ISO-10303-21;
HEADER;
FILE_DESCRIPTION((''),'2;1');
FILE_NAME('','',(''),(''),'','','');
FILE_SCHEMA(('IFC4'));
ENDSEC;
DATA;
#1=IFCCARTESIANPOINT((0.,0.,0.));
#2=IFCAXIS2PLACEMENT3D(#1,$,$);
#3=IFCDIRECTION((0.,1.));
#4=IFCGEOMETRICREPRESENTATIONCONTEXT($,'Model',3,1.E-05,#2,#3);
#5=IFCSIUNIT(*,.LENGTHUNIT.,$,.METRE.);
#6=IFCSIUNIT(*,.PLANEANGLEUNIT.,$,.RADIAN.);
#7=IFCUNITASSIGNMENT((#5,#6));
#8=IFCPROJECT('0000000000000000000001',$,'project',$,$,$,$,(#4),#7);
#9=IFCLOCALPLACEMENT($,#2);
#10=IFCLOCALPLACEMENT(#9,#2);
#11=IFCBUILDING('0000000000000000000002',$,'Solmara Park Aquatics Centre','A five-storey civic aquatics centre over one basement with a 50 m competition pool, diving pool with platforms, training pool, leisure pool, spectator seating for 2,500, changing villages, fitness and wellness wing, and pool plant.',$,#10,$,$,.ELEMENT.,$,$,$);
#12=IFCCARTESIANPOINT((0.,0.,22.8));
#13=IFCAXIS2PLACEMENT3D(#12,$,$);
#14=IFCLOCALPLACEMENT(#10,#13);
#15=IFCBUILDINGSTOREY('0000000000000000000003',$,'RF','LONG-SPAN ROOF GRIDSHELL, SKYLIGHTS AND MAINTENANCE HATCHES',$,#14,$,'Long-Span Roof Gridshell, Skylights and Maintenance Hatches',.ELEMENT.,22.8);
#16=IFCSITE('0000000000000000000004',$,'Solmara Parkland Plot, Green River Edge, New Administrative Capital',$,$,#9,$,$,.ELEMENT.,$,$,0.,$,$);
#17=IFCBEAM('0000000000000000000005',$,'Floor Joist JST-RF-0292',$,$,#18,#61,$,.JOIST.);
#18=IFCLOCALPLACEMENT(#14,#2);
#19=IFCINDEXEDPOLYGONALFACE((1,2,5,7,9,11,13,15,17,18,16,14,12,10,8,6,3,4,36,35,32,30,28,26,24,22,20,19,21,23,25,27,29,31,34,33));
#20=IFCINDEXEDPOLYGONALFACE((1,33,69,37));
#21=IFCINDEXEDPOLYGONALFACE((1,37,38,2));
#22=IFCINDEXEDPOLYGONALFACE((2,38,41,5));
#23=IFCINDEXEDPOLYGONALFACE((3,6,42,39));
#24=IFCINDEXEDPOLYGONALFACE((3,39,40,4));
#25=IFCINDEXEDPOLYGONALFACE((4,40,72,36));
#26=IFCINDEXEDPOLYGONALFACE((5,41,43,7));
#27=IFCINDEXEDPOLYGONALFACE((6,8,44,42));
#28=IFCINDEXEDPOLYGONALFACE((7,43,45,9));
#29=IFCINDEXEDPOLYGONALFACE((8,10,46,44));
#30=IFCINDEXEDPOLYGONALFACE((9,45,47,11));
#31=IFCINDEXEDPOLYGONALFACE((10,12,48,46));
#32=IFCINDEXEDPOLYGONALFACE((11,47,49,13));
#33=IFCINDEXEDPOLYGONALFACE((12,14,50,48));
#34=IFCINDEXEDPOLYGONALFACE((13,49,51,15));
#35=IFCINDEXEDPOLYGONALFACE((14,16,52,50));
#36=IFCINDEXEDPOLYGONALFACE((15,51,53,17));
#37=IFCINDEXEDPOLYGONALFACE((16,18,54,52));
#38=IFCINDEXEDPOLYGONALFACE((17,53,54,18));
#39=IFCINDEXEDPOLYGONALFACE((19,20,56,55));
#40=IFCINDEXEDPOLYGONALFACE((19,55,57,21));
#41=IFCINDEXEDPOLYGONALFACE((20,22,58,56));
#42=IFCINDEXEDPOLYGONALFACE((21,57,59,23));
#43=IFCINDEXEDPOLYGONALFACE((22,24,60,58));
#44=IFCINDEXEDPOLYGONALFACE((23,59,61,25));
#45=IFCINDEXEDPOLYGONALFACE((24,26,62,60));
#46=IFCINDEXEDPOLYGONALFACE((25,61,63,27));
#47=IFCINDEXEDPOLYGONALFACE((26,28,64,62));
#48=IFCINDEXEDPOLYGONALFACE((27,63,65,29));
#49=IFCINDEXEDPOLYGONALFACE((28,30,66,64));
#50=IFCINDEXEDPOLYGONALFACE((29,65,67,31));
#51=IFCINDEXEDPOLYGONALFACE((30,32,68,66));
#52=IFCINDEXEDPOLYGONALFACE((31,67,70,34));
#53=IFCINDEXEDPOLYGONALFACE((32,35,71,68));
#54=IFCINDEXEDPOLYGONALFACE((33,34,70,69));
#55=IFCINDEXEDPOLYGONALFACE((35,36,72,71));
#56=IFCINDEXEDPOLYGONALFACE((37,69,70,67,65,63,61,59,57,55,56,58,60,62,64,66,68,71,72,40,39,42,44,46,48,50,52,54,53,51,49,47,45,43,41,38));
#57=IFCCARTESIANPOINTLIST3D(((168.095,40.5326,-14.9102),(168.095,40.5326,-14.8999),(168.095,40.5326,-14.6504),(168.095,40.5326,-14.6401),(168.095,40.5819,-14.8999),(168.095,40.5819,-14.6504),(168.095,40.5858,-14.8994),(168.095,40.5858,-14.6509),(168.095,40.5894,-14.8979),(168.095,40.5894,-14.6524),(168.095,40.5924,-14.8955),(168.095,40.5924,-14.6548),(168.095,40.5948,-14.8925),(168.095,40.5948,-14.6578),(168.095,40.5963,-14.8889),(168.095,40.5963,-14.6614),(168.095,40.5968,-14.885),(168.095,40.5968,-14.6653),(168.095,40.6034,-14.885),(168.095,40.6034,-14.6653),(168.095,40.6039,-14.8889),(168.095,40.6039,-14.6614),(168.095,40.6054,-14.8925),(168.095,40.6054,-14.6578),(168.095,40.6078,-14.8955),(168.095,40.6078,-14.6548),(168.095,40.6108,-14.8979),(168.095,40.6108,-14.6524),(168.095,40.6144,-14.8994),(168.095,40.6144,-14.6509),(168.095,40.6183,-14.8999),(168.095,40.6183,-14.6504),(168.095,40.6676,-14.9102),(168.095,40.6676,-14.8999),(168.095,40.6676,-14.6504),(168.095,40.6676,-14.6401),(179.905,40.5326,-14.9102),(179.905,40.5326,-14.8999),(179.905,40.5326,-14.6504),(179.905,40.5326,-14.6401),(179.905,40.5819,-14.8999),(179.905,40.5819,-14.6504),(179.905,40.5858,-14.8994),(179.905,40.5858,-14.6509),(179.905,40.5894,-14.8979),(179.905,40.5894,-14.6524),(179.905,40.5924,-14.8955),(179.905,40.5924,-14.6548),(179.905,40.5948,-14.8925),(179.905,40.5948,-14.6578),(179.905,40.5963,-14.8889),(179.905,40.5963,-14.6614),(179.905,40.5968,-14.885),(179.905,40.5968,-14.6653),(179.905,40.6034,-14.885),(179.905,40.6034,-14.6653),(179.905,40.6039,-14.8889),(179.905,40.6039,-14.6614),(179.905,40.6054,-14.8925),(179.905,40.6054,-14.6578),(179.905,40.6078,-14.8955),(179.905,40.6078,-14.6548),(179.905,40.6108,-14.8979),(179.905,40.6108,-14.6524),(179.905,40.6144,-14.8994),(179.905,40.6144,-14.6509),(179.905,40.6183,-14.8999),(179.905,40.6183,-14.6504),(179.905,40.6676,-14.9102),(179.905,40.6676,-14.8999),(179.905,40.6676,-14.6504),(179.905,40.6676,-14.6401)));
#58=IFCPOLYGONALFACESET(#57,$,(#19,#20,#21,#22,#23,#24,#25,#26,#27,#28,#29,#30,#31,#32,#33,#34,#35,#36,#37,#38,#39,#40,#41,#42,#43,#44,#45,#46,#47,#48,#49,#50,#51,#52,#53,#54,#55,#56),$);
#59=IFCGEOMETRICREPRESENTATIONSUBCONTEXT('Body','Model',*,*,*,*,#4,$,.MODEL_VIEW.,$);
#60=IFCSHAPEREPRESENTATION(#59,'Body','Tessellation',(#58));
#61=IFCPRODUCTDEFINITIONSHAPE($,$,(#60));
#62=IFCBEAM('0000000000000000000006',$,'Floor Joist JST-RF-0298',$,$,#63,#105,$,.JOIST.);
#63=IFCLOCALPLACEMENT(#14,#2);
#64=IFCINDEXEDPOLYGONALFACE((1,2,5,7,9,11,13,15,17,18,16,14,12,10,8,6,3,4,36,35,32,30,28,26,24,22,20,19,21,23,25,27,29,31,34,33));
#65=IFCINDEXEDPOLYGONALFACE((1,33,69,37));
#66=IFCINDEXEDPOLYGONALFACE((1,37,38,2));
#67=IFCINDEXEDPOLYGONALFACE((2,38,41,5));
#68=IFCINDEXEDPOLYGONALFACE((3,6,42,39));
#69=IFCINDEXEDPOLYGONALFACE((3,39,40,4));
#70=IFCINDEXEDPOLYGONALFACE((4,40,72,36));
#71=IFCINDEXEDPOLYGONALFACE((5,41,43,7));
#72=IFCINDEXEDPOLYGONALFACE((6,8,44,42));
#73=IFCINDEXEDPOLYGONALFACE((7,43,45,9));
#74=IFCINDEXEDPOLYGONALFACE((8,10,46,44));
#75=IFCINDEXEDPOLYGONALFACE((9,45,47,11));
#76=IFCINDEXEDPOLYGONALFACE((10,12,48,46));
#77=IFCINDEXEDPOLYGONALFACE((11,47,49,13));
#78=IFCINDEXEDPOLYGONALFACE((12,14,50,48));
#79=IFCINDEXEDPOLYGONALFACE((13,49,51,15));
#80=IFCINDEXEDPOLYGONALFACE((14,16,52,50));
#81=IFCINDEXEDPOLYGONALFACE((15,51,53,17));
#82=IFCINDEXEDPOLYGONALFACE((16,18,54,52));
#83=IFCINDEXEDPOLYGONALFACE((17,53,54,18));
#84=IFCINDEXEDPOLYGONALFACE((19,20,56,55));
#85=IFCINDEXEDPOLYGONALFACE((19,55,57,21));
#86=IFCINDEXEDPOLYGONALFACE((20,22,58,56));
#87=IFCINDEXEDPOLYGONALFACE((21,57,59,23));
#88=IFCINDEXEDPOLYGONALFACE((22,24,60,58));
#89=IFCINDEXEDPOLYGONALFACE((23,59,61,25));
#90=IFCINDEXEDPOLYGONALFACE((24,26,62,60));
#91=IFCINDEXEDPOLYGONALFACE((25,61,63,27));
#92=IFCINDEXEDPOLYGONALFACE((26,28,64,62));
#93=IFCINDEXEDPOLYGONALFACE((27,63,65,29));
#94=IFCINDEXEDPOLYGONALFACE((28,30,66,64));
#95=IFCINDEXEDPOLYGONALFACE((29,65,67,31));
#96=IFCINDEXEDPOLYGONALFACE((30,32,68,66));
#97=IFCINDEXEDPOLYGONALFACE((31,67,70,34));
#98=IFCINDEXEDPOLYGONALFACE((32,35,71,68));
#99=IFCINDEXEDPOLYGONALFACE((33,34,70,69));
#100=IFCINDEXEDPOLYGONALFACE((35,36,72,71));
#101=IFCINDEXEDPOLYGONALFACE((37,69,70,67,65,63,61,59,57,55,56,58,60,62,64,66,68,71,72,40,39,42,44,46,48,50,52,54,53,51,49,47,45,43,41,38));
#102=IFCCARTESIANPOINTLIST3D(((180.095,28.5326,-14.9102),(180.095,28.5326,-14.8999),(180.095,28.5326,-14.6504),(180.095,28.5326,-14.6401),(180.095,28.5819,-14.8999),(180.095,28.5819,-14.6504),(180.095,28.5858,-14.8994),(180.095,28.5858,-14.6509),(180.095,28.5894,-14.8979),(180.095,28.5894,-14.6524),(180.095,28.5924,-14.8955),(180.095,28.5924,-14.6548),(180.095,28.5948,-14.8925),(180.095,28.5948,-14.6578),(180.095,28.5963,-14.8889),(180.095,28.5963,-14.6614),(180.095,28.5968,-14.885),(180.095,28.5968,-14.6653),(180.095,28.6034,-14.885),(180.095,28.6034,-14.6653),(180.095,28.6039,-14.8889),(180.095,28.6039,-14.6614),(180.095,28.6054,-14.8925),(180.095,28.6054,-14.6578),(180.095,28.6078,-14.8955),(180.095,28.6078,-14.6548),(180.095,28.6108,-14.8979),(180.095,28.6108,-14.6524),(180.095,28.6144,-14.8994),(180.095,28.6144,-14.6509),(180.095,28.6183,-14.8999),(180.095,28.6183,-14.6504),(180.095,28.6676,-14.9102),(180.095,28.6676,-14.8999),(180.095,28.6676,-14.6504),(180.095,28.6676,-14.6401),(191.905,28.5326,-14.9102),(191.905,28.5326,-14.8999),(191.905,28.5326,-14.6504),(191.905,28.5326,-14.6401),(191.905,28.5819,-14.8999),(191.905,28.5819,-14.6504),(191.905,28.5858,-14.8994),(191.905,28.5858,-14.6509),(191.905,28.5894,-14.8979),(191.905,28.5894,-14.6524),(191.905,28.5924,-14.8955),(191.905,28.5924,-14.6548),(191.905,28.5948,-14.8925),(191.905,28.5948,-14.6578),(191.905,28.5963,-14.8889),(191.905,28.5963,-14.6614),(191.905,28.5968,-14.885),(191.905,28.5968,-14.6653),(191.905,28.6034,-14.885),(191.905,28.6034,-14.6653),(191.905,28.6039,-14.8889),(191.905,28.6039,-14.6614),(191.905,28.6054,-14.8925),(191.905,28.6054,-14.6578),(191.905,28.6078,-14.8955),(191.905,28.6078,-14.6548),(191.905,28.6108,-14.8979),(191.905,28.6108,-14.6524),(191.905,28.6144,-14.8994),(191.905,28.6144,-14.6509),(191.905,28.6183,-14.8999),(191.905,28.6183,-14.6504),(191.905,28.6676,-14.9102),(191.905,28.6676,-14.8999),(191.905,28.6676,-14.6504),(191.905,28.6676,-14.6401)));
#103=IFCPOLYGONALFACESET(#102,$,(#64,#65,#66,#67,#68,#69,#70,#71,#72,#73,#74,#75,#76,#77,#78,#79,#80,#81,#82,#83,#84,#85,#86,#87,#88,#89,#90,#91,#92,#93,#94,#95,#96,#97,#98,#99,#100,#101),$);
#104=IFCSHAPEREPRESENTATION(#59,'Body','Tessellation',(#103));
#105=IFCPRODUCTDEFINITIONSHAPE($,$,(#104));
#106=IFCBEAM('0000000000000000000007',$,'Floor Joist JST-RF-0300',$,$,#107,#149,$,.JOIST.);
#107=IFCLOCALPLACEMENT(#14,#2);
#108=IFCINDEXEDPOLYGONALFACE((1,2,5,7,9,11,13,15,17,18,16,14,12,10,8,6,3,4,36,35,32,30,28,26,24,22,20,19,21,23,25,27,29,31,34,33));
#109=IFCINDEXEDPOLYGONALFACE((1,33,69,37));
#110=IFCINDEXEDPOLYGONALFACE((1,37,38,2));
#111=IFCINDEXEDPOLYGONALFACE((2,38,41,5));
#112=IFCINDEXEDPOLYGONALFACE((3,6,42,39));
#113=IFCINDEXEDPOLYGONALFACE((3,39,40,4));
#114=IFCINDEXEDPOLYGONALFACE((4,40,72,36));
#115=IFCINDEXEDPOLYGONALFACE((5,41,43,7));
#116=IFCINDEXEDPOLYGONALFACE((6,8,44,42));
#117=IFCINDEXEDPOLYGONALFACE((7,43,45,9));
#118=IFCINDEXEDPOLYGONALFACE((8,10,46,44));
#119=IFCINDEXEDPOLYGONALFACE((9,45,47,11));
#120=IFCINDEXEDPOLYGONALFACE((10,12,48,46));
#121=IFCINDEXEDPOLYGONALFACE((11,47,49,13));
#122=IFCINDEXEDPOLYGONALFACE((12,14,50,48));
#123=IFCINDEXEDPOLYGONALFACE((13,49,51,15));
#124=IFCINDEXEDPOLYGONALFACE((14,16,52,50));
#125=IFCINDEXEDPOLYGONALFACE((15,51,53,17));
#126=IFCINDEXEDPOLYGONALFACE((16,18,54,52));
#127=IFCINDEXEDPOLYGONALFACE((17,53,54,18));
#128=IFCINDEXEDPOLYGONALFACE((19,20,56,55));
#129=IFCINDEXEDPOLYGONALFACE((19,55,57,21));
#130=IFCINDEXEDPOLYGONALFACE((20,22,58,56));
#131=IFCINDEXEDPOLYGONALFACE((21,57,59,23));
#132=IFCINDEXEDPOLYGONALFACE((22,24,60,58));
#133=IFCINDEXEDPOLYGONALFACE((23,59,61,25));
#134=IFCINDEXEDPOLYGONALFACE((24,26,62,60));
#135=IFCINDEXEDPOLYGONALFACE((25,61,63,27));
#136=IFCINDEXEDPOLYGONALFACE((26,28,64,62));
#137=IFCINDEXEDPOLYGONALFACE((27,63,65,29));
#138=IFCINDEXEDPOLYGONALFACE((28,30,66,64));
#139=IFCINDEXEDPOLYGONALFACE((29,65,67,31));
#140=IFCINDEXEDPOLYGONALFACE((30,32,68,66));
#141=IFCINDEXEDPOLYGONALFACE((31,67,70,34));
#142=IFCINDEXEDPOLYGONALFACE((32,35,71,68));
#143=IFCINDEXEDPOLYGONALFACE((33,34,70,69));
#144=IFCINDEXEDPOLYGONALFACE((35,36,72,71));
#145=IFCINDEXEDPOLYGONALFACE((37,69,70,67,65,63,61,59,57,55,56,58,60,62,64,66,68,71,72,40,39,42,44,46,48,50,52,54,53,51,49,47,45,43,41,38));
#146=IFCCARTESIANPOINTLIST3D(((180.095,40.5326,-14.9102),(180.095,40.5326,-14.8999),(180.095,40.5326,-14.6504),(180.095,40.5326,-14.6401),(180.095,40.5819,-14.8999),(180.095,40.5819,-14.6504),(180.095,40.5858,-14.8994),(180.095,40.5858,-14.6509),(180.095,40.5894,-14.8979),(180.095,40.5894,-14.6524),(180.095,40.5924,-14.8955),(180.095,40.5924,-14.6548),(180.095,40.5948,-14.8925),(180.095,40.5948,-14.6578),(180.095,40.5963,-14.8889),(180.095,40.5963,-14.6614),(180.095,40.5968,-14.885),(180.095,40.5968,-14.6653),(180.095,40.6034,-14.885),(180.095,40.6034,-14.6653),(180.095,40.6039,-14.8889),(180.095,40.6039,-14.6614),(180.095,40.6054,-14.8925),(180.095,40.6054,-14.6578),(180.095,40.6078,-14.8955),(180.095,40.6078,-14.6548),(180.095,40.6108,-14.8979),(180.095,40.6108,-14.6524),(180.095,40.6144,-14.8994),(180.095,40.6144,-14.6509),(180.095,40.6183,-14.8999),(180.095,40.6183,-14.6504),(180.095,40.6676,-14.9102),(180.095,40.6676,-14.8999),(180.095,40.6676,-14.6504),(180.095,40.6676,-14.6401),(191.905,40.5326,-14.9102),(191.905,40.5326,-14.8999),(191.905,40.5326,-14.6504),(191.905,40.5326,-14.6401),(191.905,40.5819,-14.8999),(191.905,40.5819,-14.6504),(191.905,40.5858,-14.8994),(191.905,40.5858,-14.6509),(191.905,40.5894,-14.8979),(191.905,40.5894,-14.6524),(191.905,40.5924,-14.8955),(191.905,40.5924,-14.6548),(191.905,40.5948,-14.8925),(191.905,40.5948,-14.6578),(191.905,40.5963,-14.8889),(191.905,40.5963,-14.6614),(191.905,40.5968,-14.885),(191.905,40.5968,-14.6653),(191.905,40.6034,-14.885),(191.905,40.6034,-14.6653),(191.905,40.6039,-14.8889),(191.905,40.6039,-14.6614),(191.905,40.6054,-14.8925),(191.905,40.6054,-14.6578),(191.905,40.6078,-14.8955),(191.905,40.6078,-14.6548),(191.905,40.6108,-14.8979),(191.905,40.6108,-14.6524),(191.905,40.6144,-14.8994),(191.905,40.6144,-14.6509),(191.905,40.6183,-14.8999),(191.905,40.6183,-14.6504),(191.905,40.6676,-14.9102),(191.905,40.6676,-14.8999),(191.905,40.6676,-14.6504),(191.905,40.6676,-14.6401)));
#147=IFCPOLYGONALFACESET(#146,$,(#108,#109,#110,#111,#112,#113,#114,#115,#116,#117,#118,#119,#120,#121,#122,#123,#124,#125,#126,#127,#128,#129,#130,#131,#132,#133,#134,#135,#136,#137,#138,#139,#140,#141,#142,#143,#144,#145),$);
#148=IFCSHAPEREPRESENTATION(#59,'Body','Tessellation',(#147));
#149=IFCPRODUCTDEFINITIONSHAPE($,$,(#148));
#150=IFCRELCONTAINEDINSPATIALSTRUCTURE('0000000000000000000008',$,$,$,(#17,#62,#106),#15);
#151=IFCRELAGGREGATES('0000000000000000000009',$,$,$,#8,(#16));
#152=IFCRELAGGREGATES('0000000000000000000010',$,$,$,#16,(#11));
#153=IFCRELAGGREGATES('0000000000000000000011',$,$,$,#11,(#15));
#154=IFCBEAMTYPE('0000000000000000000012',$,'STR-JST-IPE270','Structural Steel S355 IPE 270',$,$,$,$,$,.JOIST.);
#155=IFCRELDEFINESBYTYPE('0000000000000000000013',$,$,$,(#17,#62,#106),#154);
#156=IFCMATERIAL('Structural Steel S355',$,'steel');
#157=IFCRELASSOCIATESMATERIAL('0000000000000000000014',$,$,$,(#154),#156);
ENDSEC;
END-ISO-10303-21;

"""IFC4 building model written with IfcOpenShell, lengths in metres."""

from ifc_helpers import new_model, si_unit, direction, frame, origin, origin_2d, place, context, subcontext, project, spatial, i_section, extrude, material, material_profile, profile_set, type_object, element, save


model = new_model("IFC4")

# Units and contexts
model_context = context("Model", 3, precision=1e-05, world=origin(), true_north=direction((0.0, 1.0)))
body_context = subcontext(model_context, "Body", "Model", "MODEL_VIEW")
ifc_project = project(units=[si_unit("LENGTHUNIT", "METRE"), si_unit("PLANEANGLEUNIT", "RADIAN")], contexts=[model_context])

# Site, building, storey
site_placement = place(None, origin())
site = spatial("IfcSite", under=ifc_project, at=site_placement, Name="Solmara Parkland Plot, Green River Edge, New Administrative Capital", CompositionType="ELEMENT", RefElevation=0.0)
building_placement = place(site_placement, origin())
building = spatial("IfcBuilding", under=site, at=building_placement, Name="Solmara Park Aquatics Centre", Description="A five-storey civic aquatics centre over one basement with a 50 m competition pool, diving pool with platforms, training pool, leisure pool, spectator seating for 2,500, changing villages, fitness and wellness wing, and pool plant.", CompositionType="ELEMENT")
storey_placement = place(building_placement, frame((0.0, 0.0, 22.8)))
storey = spatial("IfcBuildingStorey", under=building, at=storey_placement, Name="RF", Description="LONG-SPAN ROOF GRIDSHELL, SKYLIGHTS AND MAINTENANCE HATCHES", LongName="Long-Span Roof Gridshell, Skylights and Maintenance Hatches", CompositionType="ELEMENT", Elevation=22.8)

# Beams
ifc_material = material(Name="Structural Steel S355", Category="steel")
ifc_material_profile_1 = material_profile(ifc_material, i_section(OverallWidth=0.135, OverallDepth=0.27, WebThickness=0.0066, FlangeThickness=0.0103, FilletRadius=0.0149, at=origin_2d()), Name="IPE 270")
ifc_profile_set_1 = profile_set([ifc_material_profile_1], Name="Structural Steel S355")
beam_type_1 = type_object("IfcBeamType", Name="STR-JST-IPE270", Description="Structural Steel S355 IPE 270", PredefinedType="JOIST", material=ifc_profile_set_1)
for number, where, z_axis, x_axis, name in (
    (1, (168.095, 40.6001, -14.7751), (1.0, 0.0, 0.0), (0.0, 1.0, 0.0), "Floor Joist JST-RF-0292"),
    (2, (180.095, 28.6001, -14.7751), (1.0, 0.0, 0.0), (0.0, 1.0, 0.0), "Floor Joist JST-RF-0298"),
    (3, (180.095, 40.6001, -14.7751), (1.0, 0.0, 0.0), (0.0, 1.0, 0.0), "Floor Joist JST-RF-0300"),
):
    element("IfcBeam", number, at=place(storey_placement, frame(where, z_axis=z_axis, x_axis=x_axis)), inside=storey, type_object=beam_type_1, Name=name, PredefinedType="JOIST", context=body_context, shape_type="SweptSolid", body=[
        extrude(i_section(OverallWidth=0.135, OverallDepth=0.27, WebThickness=0.0066, FlangeThickness=0.0103, FilletRadius=0.0149, at=origin_2d()), origin(), (0.0, 0.0, 1.0), 11.8101),
    ])

save(model, "model.ifc")
